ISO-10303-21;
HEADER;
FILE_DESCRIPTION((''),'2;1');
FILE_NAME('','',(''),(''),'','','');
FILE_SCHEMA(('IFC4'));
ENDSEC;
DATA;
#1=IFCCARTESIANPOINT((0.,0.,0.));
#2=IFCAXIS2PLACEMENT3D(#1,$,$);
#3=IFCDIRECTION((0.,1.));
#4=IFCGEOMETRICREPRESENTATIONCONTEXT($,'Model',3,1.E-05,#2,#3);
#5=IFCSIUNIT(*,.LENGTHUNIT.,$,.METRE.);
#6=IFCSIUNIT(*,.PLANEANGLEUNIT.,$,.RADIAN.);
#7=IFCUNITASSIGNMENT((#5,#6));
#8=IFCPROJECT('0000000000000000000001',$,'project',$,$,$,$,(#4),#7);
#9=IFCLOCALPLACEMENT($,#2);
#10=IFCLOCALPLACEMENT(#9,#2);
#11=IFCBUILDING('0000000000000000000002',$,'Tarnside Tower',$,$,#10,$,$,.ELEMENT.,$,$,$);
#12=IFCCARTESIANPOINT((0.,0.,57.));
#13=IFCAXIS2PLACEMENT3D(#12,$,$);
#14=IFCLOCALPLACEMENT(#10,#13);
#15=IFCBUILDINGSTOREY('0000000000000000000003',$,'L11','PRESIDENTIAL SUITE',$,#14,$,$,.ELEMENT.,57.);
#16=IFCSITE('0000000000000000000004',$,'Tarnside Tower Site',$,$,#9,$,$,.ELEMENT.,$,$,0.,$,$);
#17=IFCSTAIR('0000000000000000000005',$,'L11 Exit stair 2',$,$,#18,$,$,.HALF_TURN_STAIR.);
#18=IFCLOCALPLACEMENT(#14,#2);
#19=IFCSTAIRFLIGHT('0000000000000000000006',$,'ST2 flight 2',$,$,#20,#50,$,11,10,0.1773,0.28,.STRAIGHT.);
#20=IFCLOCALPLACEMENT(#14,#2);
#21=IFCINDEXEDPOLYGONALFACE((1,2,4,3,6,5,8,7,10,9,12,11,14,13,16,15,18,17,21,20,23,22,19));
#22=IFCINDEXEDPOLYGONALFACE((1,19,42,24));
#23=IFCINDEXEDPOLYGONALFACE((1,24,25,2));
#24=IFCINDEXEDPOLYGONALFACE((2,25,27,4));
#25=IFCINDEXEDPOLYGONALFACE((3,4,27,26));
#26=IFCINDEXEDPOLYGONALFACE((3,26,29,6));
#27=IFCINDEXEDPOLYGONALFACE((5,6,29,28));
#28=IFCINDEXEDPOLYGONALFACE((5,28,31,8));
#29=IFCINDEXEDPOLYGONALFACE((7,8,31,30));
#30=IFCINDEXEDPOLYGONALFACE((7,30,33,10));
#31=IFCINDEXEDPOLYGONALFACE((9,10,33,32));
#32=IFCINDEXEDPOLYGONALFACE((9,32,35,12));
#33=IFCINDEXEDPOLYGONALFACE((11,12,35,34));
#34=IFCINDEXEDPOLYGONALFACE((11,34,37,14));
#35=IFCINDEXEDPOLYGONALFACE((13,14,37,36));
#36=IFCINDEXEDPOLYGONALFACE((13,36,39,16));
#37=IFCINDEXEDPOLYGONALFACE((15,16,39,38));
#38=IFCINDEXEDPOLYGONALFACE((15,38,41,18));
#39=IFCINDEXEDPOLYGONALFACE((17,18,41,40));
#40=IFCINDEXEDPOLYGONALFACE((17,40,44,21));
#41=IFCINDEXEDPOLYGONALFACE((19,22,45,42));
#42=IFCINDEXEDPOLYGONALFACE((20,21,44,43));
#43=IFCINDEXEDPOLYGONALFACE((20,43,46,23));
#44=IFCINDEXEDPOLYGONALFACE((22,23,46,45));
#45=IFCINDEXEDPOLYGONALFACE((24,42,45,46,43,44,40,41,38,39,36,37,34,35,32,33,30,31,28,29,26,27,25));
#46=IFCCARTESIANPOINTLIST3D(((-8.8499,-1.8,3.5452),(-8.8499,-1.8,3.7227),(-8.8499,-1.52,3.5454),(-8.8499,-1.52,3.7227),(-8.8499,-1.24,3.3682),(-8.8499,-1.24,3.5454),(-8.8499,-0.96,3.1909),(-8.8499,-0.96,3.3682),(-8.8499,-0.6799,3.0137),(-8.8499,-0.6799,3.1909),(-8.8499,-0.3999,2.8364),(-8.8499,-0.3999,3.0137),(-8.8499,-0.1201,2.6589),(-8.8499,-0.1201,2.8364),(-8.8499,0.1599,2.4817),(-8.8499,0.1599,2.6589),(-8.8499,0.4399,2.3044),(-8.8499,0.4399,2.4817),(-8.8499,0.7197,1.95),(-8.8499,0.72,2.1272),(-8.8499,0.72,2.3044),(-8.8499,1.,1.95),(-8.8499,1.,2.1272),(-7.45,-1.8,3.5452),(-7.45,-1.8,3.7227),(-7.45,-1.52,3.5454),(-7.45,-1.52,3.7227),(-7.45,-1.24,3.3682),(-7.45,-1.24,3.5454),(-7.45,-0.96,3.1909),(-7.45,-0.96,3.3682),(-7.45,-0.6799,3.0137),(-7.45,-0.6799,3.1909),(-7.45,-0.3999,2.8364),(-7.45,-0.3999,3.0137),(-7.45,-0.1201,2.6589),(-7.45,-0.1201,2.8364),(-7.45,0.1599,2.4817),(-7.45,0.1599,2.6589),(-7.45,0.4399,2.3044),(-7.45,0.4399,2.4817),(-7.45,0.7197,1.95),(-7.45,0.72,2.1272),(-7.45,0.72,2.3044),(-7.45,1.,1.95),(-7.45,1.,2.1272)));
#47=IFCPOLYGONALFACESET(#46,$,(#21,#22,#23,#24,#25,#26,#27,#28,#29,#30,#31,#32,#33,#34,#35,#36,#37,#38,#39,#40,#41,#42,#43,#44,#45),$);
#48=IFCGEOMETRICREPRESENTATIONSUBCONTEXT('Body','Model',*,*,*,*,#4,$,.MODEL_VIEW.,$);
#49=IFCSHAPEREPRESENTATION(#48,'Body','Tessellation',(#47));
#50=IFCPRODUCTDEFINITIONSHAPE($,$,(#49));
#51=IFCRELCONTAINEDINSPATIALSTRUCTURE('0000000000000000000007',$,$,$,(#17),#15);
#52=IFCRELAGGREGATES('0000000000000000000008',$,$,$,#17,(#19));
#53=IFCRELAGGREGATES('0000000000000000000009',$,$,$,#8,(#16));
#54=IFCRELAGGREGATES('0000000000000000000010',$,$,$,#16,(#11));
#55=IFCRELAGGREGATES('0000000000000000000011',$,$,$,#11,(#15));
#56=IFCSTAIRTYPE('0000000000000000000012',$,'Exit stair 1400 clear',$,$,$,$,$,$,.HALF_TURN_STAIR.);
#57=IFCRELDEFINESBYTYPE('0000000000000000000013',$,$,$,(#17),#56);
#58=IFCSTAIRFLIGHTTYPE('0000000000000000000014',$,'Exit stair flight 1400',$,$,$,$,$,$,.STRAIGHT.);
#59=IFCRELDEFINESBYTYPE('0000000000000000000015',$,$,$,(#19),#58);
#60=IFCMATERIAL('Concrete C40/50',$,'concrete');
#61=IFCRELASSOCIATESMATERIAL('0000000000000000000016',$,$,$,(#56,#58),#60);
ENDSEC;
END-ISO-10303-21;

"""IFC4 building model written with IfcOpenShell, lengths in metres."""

from ifc_helpers import new_model, si_unit, direction, frame, origin, place, context, subcontext, project, spatial, polyline, outline, extrude, material, type_object, element, aggregate, save


model = new_model("IFC4")

# Units and contexts
model_context = context("Model", 3, precision=1e-05, world=origin(), true_north=direction((0.0, 1.0)))
body_context = subcontext(model_context, "Body", "Model", "MODEL_VIEW")
ifc_project = project(units=[si_unit("LENGTHUNIT", "METRE"), si_unit("PLANEANGLEUNIT", "RADIAN")], contexts=[model_context])

# Site, building, storey
site_placement = place(None, origin())
site = spatial("IfcSite", under=ifc_project, at=site_placement, Name="Tarnside Tower Site", CompositionType="ELEMENT", RefElevation=0.0)
building_placement = place(site_placement, origin())
building = spatial("IfcBuilding", under=site, at=building_placement, Name="Tarnside Tower", CompositionType="ELEMENT")
storey_placement = place(building_placement, frame((0.0, 0.0, 57.0)))
storey = spatial("IfcBuildingStorey", under=building, at=storey_placement, Name="L11", Description="PRESIDENTIAL SUITE", CompositionType="ELEMENT", Elevation=57.0)

# Shared definitions
ifc_material_1 = material(Name="Concrete C40/50", Category="concrete")

# Stair, stair flight
stair_type = type_object("IfcStairType", Name="Exit stair 1400 clear", PredefinedType="HALF_TURN_STAIR", material=ifc_material_1)
stair_placement = place(storey_placement, origin())
stair = element("IfcStair", 1, at=stair_placement, inside=storey, type_object=stair_type, Name="L11 Exit stair 2", PredefinedType="HALF_TURN_STAIR")
stair_flight_type = type_object("IfcStairFlightType", Name="Exit stair flight 1400", PredefinedType="STRAIGHT", material=ifc_material_1)
stair_flight_placement = place(storey_placement, frame((-8.1499, 1.0, 1.95), z_axis=(0.0, 0.0, 1.0), x_axis=(0.0, -1.0, 0.0)))
stair_flight = element("IfcStairFlight", 2, at=stair_flight_placement, type_object=stair_flight_type, Name="ST2 flight 2", NumberOfRisers=11, NumberOfTreads=10, PredefinedType="STRAIGHT", RiserHeight=0.1773, TreadLength=0.28, context=body_context, shape_type="SweptSolid", body=[
    extrude(outline(polyline([(0.0, 0.0), (0.0, 0.1772), (0.28, 0.1772), (0.28, 0.3545), (0.5601, 0.3545), (0.5601, 0.5317), (0.8401, 0.5317), (0.8401, 0.709), (1.1201, 0.709), (1.1201, 0.8865), (1.3999, 0.8865), (1.3999, 1.0637), (1.6799, 1.0637), (1.6799, 1.241), (1.96, 1.241), (1.96, 1.4182), (2.24, 1.4182), (2.24, 1.5955), (2.52, 1.5955), (2.52, 1.7727), (2.8, 1.7727), (2.8, 1.95), (2.8, 1.5952), (0.2803, 0.0), (0.0, 0.0)])), frame((0.0, 0.7, 0.0), z_axis=(0.0, -1.0, 0.0), x_axis=(1.0, 0.0, 0.0)), (0.0, 0.0, 1.0), 1.3999),
])
aggregate(stair, [stair_flight])

save(model, "model.ifc")
